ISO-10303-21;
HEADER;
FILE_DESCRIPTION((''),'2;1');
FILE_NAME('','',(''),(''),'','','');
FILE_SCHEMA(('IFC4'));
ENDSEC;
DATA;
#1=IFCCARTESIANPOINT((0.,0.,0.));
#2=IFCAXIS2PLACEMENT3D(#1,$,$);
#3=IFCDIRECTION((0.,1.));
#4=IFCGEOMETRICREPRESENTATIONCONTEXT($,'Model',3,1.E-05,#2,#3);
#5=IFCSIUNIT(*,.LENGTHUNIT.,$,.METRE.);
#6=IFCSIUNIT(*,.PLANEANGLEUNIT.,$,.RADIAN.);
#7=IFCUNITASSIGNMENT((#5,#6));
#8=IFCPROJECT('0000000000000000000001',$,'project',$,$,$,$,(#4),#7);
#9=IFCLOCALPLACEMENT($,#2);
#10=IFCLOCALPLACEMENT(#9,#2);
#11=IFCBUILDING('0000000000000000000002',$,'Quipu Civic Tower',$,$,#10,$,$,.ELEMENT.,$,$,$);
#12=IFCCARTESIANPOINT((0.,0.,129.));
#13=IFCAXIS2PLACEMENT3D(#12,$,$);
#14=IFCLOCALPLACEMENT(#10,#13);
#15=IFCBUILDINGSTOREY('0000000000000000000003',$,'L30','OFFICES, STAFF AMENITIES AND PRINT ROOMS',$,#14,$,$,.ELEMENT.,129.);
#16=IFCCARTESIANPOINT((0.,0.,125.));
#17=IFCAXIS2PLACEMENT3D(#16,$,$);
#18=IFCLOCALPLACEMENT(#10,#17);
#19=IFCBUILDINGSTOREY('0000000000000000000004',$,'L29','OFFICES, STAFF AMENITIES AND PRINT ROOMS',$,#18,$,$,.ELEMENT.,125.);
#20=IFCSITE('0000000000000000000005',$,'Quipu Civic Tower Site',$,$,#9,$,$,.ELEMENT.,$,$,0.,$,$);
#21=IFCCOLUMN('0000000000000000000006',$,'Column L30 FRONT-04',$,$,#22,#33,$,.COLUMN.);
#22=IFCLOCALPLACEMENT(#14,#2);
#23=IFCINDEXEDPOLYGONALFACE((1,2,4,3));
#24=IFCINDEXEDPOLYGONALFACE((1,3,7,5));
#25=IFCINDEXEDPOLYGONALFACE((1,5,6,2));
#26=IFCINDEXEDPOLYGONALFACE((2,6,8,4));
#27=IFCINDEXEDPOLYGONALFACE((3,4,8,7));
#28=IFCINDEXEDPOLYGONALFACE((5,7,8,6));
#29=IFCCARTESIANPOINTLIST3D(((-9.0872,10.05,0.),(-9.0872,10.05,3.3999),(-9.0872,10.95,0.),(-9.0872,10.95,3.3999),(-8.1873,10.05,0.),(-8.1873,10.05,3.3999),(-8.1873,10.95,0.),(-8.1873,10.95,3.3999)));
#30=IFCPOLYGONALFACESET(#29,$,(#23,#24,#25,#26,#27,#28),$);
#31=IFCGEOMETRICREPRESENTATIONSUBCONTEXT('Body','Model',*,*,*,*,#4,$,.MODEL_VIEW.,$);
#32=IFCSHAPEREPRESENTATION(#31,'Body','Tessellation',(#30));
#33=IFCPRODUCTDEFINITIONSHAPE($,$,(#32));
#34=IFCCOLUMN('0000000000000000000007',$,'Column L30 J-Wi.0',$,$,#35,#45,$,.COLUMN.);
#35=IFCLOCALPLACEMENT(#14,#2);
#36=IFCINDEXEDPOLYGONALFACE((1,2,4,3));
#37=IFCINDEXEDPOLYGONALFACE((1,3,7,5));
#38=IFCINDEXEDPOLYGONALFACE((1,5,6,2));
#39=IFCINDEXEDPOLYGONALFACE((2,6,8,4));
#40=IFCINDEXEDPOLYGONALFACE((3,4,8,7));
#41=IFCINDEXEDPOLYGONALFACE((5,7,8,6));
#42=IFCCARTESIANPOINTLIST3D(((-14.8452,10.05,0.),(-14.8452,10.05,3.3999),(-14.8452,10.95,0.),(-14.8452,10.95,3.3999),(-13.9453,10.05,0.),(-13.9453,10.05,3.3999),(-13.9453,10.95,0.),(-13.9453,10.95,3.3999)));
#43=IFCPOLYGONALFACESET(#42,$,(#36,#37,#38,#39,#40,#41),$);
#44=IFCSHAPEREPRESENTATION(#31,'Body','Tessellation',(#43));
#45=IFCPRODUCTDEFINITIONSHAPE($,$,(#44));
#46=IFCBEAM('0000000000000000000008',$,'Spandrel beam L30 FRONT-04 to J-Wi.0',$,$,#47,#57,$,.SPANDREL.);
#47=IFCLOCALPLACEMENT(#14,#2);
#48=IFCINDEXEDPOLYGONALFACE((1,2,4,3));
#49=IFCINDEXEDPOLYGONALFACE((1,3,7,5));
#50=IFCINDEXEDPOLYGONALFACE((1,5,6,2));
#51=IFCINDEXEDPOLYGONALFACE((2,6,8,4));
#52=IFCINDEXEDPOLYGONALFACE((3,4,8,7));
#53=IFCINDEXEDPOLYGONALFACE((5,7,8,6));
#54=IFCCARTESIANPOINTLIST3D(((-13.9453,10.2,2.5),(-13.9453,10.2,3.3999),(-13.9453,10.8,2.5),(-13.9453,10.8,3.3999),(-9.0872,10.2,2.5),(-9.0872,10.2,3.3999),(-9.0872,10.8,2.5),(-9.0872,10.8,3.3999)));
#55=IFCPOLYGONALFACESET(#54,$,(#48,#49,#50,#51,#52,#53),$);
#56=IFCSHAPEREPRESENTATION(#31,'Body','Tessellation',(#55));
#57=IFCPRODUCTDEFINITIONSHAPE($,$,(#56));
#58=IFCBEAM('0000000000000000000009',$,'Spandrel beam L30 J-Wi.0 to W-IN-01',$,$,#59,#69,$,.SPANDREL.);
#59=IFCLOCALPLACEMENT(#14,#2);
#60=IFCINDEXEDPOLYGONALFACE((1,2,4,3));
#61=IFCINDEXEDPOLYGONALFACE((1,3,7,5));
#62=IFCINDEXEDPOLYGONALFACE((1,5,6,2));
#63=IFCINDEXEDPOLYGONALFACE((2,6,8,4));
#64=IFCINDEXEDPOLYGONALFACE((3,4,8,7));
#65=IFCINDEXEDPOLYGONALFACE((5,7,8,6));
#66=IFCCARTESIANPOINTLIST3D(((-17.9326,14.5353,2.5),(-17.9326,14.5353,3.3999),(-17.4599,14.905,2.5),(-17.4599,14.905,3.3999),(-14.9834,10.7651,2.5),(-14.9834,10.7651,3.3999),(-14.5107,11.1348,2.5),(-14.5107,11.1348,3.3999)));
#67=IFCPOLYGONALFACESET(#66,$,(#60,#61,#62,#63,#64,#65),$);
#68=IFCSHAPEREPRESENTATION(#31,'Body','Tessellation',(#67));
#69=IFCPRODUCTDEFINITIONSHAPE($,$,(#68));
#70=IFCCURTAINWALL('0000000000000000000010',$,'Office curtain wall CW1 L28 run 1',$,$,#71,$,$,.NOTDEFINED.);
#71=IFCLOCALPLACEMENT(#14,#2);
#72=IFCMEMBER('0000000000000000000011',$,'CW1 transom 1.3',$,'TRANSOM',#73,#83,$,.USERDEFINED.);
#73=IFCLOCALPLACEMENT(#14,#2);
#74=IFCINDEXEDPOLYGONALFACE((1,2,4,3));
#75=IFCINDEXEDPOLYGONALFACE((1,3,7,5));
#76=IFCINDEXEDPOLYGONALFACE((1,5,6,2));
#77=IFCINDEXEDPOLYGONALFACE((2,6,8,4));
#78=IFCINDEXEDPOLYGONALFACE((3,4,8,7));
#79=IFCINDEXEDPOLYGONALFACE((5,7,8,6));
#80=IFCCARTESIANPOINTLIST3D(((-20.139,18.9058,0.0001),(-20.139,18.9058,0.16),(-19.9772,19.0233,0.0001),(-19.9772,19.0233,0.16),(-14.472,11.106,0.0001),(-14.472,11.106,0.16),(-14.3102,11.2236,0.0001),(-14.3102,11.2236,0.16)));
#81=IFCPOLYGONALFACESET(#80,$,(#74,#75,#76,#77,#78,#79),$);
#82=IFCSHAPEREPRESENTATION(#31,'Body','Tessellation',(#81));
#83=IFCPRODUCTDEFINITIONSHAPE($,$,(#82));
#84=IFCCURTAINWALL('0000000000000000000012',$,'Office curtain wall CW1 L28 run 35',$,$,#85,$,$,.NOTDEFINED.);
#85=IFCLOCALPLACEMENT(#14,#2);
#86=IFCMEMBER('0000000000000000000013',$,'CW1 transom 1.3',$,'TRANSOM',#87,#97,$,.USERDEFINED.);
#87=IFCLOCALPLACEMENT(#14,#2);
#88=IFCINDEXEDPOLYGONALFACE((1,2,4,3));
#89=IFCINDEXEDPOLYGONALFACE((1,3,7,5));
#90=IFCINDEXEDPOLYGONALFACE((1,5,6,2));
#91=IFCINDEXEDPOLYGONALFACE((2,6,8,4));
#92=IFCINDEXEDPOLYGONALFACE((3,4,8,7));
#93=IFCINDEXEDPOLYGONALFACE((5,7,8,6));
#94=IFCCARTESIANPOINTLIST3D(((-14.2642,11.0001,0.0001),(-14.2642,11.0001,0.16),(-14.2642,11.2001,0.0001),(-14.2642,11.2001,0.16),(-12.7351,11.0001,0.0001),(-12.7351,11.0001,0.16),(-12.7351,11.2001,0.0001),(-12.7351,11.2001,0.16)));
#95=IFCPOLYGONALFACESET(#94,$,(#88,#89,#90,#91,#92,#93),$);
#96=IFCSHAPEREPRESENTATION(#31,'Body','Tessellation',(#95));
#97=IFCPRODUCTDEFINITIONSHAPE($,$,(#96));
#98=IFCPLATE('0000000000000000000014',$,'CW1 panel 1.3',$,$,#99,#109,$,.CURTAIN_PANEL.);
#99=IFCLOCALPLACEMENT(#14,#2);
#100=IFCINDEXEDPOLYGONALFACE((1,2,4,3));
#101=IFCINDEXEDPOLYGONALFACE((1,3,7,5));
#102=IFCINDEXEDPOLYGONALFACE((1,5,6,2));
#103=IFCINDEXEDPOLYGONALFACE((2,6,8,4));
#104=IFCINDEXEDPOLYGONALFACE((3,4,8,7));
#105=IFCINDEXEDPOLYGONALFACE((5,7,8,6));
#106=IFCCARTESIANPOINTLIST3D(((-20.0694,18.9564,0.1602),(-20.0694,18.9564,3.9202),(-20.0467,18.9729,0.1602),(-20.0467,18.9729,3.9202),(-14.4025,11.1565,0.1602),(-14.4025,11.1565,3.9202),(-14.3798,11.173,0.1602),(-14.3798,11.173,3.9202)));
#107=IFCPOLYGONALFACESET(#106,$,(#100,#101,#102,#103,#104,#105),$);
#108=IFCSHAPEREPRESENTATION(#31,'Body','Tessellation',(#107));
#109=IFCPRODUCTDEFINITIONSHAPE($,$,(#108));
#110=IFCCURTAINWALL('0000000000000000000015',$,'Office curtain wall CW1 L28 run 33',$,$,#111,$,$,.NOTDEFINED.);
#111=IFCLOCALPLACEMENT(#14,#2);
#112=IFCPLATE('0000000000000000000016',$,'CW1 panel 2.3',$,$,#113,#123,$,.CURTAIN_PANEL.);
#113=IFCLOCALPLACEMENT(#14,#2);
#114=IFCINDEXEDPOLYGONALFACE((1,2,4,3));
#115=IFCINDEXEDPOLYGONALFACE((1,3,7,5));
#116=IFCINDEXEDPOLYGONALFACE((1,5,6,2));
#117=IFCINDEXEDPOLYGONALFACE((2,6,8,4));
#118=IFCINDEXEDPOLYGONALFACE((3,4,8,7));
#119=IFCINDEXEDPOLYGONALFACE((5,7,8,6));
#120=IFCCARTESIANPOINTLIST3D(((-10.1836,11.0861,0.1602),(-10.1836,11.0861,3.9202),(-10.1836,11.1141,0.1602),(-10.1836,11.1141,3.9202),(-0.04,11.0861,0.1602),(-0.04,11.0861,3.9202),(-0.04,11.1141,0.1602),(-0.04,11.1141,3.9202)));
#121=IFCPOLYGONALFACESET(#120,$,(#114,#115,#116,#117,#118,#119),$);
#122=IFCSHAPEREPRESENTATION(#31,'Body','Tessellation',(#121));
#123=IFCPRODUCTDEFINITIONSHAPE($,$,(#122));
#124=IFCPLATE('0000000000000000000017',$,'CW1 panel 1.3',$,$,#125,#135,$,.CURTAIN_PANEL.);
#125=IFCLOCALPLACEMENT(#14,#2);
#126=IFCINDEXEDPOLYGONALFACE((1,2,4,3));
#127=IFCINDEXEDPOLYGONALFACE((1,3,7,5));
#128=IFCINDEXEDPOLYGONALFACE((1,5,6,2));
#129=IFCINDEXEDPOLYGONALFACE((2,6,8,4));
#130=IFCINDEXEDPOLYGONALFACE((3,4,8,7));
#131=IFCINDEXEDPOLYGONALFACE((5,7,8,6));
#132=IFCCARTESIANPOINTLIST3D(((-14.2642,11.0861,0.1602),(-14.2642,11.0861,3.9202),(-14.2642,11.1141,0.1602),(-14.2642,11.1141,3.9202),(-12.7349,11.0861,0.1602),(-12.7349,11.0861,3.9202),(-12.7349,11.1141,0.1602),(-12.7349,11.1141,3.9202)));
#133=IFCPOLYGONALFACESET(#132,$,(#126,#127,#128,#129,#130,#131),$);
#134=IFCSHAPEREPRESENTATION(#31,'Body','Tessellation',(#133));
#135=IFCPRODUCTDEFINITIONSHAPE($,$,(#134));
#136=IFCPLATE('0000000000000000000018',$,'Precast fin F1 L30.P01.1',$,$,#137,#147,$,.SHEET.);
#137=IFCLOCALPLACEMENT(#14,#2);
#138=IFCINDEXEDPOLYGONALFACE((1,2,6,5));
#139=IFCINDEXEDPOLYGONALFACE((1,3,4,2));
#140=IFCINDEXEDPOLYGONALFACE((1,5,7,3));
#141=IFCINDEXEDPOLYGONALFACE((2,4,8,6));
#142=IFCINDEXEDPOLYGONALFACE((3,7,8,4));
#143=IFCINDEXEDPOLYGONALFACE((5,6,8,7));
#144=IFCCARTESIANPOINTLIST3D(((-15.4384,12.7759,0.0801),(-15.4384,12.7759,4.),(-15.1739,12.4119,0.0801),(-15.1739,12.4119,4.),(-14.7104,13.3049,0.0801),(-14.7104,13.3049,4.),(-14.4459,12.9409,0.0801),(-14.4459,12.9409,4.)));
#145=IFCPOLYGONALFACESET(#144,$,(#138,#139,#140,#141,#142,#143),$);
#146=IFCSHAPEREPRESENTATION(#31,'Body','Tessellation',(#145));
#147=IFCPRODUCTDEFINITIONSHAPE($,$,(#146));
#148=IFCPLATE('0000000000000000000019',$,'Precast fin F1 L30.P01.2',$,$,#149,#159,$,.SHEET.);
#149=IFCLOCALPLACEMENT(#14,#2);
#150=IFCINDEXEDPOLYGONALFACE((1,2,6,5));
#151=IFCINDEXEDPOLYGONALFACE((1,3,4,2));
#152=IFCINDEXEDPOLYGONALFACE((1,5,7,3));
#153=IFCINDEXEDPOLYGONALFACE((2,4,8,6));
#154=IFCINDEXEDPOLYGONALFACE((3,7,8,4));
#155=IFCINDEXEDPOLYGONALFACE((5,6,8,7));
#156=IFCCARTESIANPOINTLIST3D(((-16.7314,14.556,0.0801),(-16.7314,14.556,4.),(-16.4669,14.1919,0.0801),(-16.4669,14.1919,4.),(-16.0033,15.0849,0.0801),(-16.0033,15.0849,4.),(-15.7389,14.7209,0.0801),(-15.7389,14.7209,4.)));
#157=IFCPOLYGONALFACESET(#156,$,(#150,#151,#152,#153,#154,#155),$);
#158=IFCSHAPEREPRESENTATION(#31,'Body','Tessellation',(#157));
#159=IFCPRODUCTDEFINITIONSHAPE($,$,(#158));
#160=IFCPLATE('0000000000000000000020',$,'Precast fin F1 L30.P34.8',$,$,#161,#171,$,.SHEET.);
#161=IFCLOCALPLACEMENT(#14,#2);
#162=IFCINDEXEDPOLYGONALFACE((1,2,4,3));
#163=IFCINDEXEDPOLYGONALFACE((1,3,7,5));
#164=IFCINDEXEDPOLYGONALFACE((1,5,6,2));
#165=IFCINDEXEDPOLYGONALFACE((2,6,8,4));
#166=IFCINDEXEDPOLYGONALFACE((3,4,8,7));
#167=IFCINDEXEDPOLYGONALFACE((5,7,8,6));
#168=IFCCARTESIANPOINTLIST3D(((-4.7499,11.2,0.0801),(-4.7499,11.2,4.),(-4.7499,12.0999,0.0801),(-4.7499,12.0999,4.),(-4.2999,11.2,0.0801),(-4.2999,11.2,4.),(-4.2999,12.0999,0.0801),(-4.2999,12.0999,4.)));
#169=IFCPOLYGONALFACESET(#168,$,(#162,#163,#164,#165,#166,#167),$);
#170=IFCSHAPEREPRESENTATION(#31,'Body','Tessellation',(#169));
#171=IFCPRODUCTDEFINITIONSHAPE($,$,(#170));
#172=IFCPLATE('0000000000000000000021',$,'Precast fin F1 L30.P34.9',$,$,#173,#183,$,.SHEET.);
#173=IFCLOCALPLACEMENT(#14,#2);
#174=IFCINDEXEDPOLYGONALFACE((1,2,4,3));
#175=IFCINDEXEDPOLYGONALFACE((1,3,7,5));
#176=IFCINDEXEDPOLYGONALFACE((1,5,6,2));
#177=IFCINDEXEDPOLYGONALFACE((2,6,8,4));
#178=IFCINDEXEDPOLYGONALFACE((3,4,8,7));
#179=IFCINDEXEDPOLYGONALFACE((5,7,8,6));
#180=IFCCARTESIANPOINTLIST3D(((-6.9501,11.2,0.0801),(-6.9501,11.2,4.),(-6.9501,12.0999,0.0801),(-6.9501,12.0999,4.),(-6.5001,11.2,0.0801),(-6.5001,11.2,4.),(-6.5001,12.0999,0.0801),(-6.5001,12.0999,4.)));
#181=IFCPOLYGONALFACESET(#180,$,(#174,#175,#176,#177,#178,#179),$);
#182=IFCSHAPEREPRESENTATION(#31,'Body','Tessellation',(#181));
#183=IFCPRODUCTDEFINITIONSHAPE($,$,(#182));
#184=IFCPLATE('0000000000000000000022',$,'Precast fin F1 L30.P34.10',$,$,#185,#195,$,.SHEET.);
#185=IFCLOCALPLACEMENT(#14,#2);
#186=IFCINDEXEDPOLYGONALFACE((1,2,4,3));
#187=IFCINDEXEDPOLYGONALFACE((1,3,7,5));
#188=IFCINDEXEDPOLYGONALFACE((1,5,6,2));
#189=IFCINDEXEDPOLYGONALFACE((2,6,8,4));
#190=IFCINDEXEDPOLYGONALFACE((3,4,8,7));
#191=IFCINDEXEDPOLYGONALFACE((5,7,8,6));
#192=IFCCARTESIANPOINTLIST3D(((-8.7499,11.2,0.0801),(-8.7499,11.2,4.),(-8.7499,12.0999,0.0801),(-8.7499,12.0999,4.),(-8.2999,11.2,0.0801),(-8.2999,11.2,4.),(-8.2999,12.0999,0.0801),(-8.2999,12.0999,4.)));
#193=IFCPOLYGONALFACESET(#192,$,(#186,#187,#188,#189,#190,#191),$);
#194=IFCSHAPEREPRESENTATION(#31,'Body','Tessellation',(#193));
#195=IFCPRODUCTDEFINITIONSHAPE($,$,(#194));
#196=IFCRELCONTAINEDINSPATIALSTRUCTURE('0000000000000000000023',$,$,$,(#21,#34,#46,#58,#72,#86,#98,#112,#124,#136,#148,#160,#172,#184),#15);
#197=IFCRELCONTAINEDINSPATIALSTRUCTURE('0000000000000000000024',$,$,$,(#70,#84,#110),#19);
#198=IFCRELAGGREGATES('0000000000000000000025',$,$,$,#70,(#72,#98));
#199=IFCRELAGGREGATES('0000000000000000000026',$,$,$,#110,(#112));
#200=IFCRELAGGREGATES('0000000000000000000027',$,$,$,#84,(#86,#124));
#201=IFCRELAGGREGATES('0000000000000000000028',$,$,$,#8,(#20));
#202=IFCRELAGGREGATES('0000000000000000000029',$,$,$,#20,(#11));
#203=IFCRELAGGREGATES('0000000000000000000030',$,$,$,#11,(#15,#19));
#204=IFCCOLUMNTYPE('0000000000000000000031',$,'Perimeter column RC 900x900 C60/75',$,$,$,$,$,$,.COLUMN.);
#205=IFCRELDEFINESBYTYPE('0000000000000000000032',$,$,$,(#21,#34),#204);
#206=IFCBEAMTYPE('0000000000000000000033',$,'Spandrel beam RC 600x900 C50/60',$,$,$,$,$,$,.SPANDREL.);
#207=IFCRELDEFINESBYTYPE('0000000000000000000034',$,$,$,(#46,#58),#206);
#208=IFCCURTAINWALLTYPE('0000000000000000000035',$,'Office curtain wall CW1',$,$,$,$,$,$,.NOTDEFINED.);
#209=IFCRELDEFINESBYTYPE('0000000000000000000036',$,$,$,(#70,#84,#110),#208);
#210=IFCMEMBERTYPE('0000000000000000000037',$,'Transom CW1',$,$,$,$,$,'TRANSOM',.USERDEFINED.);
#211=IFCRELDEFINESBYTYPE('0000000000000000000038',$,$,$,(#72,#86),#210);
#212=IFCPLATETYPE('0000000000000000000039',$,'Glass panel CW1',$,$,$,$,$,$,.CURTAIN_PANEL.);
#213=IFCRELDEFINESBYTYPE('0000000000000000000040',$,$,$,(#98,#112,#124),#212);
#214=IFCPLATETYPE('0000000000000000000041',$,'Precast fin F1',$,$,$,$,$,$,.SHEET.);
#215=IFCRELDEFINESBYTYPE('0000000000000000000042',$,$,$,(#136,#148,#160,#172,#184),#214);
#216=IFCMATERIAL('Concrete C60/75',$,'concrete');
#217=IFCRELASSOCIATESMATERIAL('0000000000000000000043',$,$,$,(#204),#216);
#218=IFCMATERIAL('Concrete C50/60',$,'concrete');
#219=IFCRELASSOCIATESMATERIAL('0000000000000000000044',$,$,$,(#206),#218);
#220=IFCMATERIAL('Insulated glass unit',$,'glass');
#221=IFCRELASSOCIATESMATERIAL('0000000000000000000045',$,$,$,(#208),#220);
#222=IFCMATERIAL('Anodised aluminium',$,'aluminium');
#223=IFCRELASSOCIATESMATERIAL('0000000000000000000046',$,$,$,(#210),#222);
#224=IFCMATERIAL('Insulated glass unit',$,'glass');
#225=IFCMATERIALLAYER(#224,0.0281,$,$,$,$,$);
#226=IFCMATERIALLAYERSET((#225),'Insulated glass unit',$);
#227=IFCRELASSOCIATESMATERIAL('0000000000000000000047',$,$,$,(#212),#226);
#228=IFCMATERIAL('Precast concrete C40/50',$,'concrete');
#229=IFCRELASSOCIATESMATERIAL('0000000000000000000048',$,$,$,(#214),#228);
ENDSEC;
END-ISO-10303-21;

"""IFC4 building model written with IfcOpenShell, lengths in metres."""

from ifc_helpers import new_model, si_unit, direction, frame, origin, origin_2d, place, context, subcontext, project, spatial, rectangle, extrude, material, layer, layer_set, material_profile, profile_set, type_object, element, aggregate, save


model = new_model("IFC4")

# Units and contexts
model_context = context("Model", 3, precision=1e-05, world=origin(), true_north=direction((0.0, 1.0)))
body_context = subcontext(model_context, "Body", "Model", "MODEL_VIEW")
ifc_project = project(units=[si_unit("LENGTHUNIT", "METRE"), si_unit("PLANEANGLEUNIT", "RADIAN")], contexts=[model_context])

# Site, building, storey
site_placement = place(None, origin())
site = spatial("IfcSite", under=ifc_project, at=site_placement, Name="Quipu Civic Tower Site", CompositionType="ELEMENT", RefElevation=0.0)
building_placement = place(site_placement, origin())
building = spatial("IfcBuilding", under=site, at=building_placement, Name="Quipu Civic Tower", CompositionType="ELEMENT")
storey_1_placement = place(building_placement, frame((0.0, 0.0, 129.0)))
storey_1 = spatial("IfcBuildingStorey", under=building, at=storey_1_placement, Name="L30", Description="OFFICES, STAFF AMENITIES AND PRINT ROOMS", CompositionType="ELEMENT", Elevation=129.0)

# Columns
ifc_material_1 = material(Name="Concrete C60/75", Category="concrete")
ifc_material_profile_1 = material_profile(ifc_material_1, rectangle(XDim=0.8999, YDim=0.8999, at=origin_2d()), Name="RC900x900")
ifc_profile_set_1 = profile_set([ifc_material_profile_1], Name="Concrete C60/75")
column_type = type_object("IfcColumnType", Name="Perimeter column RC 900x900 C60/75", PredefinedType="COLUMN", material=ifc_profile_set_1)
for number, where, z_axis, x_axis, name in (
    (1, (-8.6372, 10.5, 0.0), (0.0, 0.0, 1.0), (-1.0, 0.0, 0.0), "Column L30 FRONT-04"),
    (2, (-14.3953, 10.5, 0.0), (0.0, 0.0, 1.0), (-1.0, 0.0, 0.0), "Column L30 J-Wi.0"),
):
    element("IfcColumn", number, at=place(storey_1_placement, frame(where, z_axis=z_axis, x_axis=x_axis)), inside=storey_1, type_object=column_type, Name=name, PredefinedType="COLUMN", context=body_context, shape_type="SweptSolid", body=[
        extrude(rectangle(XDim=0.8999, YDim=0.8999, at=origin_2d()), origin(), (0.0, 0.0, 1.0), 3.3999),
    ])

# Beams
ifc_material_2 = material(Name="Concrete C50/60", Category="concrete")
ifc_material_profile_2 = material_profile(ifc_material_2, rectangle(XDim=0.6001, YDim=0.8999, at=origin_2d()), Name="RC600x900")
ifc_profile_set_2 = profile_set([ifc_material_profile_2], Name="Concrete C50/60")
beam_type = type_object("IfcBeamType", Name="Spandrel beam RC 600x900 C50/60", PredefinedType="SPANDREL", material=ifc_profile_set_2)
beam_1_placement = place(storey_1_placement, frame((-9.0872, 10.5, 2.95), z_axis=(-1.0, 0.0, 0.0), x_axis=(0.0, -1.0, 0.0)))
element("IfcBeam", 3, at=beam_1_placement, inside=storey_1, type_object=beam_type, Name="Spandrel beam L30 FRONT-04 to J-Wi.0", PredefinedType="SPANDREL", context=body_context, shape_type="SweptSolid", body=[
    extrude(rectangle(XDim=0.6001, YDim=0.8999, at=origin_2d()), origin(), (0.0, 0.0, 1.0), 4.8582),
])
beam_2_placement = place(storey_1_placement, frame((-14.7471, 10.95, 2.95), z_axis=(-0.616124, 0.787649, 0.0), x_axis=(-0.787649, -0.616124, 0.0)))
element("IfcBeam", 4, at=beam_2_placement, inside=storey_1, type_object=beam_type, Name="Spandrel beam L30 J-Wi.0 to W-IN-01", PredefinedType="SPANDREL", context=body_context, shape_type="SweptSolid", body=[
    extrude(rectangle(XDim=0.6001, YDim=0.8999, at=origin_2d()), origin(), (0.0, 0.0, 1.0), 4.7866),
])

# Shared definitions
storey_2_placement = place(building_placement, frame((0.0, 0.0, 125.0)))
storey_2 = spatial("IfcBuildingStorey", under=building, at=storey_2_placement, Name="L29", Description="OFFICES, STAFF AMENITIES AND PRINT ROOMS", CompositionType="ELEMENT", Elevation=125.0)

# Curtain walls, members
ifc_material_3 = material(Name="Insulated glass unit", Category="glass")
curtain_wall_type = type_object("IfcCurtainWallType", Name="Office curtain wall CW1", PredefinedType="NOTDEFINED", material=ifc_material_3)
curtain_wall_1_placement = place(storey_2_placement, origin())
curtain_wall_1 = element("IfcCurtainWall", 5, at=curtain_wall_1_placement, inside=storey_2, type_object=curtain_wall_type, Name="Office curtain wall CW1 L28 run 1", PredefinedType="NOTDEFINED")
ifc_material_4 = material(Name="Anodised aluminium", Category="aluminium")
ifc_material_profile_3 = material_profile(ifc_material_4, rectangle(XDim=0.2, YDim=0.1599, at=origin_2d()), Name="RECT 200x160")
ifc_profile_set_3 = profile_set([ifc_material_profile_3], Name="Anodised aluminium")
member_type = type_object("IfcMemberType", Name="Transom CW1", ElementType="TRANSOM", PredefinedType="USERDEFINED", material=ifc_profile_set_3)
member_1_placement = place(storey_1_placement, frame((-14.3911, 11.1648, 0.0801), z_axis=(-0.587792, 0.809012, 0.0), x_axis=(-0.809012, -0.587792, 0.0)))
member_1 = element("IfcMember", 6, at=member_1_placement, inside=storey_1, type_object=member_type, Name="CW1 transom 1.3", ObjectType="TRANSOM", PredefinedType="USERDEFINED", context=body_context, shape_type="SweptSolid", body=[
    extrude(rectangle(XDim=0.2, YDim=0.1599, at=origin_2d()), origin(), (0.0, 0.0, 1.0), 9.6411),
])
curtain_wall_2_placement = place(storey_2_placement, origin())
curtain_wall_2 = element("IfcCurtainWall", 7, at=curtain_wall_2_placement, inside=storey_2, type_object=curtain_wall_type, Name="Office curtain wall CW1 L28 run 35", PredefinedType="NOTDEFINED")
member_2_placement = place(storey_1_placement, frame((-12.7351, 11.1001, 0.0801), z_axis=(-1.0, 0.0, 0.0), x_axis=(0.0, -1.0, 0.0)))
member_2 = element("IfcMember", 8, at=member_2_placement, inside=storey_1, type_object=member_type, Name="CW1 transom 1.3", ObjectType="TRANSOM", PredefinedType="USERDEFINED", context=body_context, shape_type="SweptSolid", body=[
    extrude(rectangle(XDim=0.2, YDim=0.1599, at=origin_2d()), origin(), (0.0, 0.0, 1.0), 1.5291),
])

# Plate
ifc_material_5 = material(Name="Insulated glass unit", Category="glass")
ifc_layer_1 = layer(ifc_material_5, 0.0281)
ifc_layer_set_1 = layer_set([ifc_layer_1], Name="Insulated glass unit")
plate_type_1 = type_object("IfcPlateType", Name="Glass panel CW1", PredefinedType="CURTAIN_PANEL", material=ifc_layer_set_1)
plate_1_placement = place(storey_1_placement, frame((-17.2246, 15.0647, 0.1602), z_axis=(0.0, 0.0, 1.0), x_axis=(-0.587786, 0.809017, 0.0)))
plate_1 = element("IfcPlate", 9, at=plate_1_placement, inside=storey_1, type_object=plate_type_1, Name="CW1 panel 1.3", PredefinedType="CURTAIN_PANEL", context=body_context, shape_type="SweptSolid", body=[
    extrude(rectangle(XDim=9.6411, YDim=0.0281, at=origin_2d()), origin(), (0.0, 0.0, 1.0), 3.76),
])
aggregate(curtain_wall_1, [member_1, plate_1])

# Curtain wall, plate
curtain_wall_3_placement = place(storey_2_placement, origin())
curtain_wall_3 = element("IfcCurtainWall", 10, at=curtain_wall_3_placement, inside=storey_2, type_object=curtain_wall_type, Name="Office curtain wall CW1 L28 run 33", PredefinedType="NOTDEFINED")
plate_2_placement = place(storey_1_placement, frame((-5.1118, 11.1001, 0.1602), z_axis=(0.0, 0.0, 1.0), x_axis=(-1.0, 0.0, 0.0)))
plate_2 = element("IfcPlate", 11, at=plate_2_placement, inside=storey_1, type_object=plate_type_1, Name="CW1 panel 2.3", PredefinedType="CURTAIN_PANEL", context=body_context, shape_type="SweptSolid", body=[
    extrude(rectangle(XDim=10.1436, YDim=0.0281, at=origin_2d()), origin(), (0.0, 0.0, 1.0), 3.76),
])
aggregate(curtain_wall_3, [plate_2])

# Plate
plate_3_placement = place(storey_1_placement, frame((-13.4995, 11.1001, 0.1602), z_axis=(0.0, 0.0, 1.0), x_axis=(-1.0, 0.0, 0.0)))
plate_3 = element("IfcPlate", 12, at=plate_3_placement, inside=storey_1, type_object=plate_type_1, Name="CW1 panel 1.3", PredefinedType="CURTAIN_PANEL", context=body_context, shape_type="SweptSolid", body=[
    extrude(rectangle(XDim=1.5293, YDim=0.0281, at=origin_2d()), origin(), (0.0, 0.0, 1.0), 3.76),
])
aggregate(curtain_wall_2, [member_2, plate_3])

# Plates
ifc_material_6 = material(Name="Precast concrete C40/50", Category="concrete")
plate_type_2 = type_object("IfcPlateType", Name="Precast fin F1", PredefinedType="SHEET", material=ifc_material_6)
for number, where, z_axis, x_axis, name in (
    (13, (-14.9421, 12.8584, 0.0801), (0.0, 0.0, 1.0), (-0.587785, 0.809017, 0.0), "Precast fin F1 L30.P01.1"),
    (14, (-16.2351, 14.6384, 0.0801), (0.0, 0.0, 1.0), (-0.587785, 0.809017, 0.0), "Precast fin F1 L30.P01.2"),
    (15, (-4.5249, 11.6499, 0.0801), (0.0, 0.0, 1.0), (-1.0, 0.0, 0.0), "Precast fin F1 L30.P34.8"),
    (16, (-6.7251, 11.6499, 0.0801), (0.0, 0.0, 1.0), (-1.0, 0.0, 0.0), "Precast fin F1 L30.P34.9"),
    (17, (-8.5249, 11.6499, 0.0801), (0.0, 0.0, 1.0), (-1.0, 0.0, 0.0), "Precast fin F1 L30.P34.10"),
):
    element("IfcPlate", number, at=place(storey_1_placement, frame(where, z_axis=z_axis, x_axis=x_axis)), inside=storey_1, type_object=plate_type_2, Name=name, PredefinedType="SHEET", context=body_context, shape_type="SweptSolid", body=[
        extrude(rectangle(XDim=0.45, YDim=0.8999, at=origin_2d()), origin(), (0.0, 0.0, 1.0), 3.9199),
    ])

save(model, "model.ifc")
